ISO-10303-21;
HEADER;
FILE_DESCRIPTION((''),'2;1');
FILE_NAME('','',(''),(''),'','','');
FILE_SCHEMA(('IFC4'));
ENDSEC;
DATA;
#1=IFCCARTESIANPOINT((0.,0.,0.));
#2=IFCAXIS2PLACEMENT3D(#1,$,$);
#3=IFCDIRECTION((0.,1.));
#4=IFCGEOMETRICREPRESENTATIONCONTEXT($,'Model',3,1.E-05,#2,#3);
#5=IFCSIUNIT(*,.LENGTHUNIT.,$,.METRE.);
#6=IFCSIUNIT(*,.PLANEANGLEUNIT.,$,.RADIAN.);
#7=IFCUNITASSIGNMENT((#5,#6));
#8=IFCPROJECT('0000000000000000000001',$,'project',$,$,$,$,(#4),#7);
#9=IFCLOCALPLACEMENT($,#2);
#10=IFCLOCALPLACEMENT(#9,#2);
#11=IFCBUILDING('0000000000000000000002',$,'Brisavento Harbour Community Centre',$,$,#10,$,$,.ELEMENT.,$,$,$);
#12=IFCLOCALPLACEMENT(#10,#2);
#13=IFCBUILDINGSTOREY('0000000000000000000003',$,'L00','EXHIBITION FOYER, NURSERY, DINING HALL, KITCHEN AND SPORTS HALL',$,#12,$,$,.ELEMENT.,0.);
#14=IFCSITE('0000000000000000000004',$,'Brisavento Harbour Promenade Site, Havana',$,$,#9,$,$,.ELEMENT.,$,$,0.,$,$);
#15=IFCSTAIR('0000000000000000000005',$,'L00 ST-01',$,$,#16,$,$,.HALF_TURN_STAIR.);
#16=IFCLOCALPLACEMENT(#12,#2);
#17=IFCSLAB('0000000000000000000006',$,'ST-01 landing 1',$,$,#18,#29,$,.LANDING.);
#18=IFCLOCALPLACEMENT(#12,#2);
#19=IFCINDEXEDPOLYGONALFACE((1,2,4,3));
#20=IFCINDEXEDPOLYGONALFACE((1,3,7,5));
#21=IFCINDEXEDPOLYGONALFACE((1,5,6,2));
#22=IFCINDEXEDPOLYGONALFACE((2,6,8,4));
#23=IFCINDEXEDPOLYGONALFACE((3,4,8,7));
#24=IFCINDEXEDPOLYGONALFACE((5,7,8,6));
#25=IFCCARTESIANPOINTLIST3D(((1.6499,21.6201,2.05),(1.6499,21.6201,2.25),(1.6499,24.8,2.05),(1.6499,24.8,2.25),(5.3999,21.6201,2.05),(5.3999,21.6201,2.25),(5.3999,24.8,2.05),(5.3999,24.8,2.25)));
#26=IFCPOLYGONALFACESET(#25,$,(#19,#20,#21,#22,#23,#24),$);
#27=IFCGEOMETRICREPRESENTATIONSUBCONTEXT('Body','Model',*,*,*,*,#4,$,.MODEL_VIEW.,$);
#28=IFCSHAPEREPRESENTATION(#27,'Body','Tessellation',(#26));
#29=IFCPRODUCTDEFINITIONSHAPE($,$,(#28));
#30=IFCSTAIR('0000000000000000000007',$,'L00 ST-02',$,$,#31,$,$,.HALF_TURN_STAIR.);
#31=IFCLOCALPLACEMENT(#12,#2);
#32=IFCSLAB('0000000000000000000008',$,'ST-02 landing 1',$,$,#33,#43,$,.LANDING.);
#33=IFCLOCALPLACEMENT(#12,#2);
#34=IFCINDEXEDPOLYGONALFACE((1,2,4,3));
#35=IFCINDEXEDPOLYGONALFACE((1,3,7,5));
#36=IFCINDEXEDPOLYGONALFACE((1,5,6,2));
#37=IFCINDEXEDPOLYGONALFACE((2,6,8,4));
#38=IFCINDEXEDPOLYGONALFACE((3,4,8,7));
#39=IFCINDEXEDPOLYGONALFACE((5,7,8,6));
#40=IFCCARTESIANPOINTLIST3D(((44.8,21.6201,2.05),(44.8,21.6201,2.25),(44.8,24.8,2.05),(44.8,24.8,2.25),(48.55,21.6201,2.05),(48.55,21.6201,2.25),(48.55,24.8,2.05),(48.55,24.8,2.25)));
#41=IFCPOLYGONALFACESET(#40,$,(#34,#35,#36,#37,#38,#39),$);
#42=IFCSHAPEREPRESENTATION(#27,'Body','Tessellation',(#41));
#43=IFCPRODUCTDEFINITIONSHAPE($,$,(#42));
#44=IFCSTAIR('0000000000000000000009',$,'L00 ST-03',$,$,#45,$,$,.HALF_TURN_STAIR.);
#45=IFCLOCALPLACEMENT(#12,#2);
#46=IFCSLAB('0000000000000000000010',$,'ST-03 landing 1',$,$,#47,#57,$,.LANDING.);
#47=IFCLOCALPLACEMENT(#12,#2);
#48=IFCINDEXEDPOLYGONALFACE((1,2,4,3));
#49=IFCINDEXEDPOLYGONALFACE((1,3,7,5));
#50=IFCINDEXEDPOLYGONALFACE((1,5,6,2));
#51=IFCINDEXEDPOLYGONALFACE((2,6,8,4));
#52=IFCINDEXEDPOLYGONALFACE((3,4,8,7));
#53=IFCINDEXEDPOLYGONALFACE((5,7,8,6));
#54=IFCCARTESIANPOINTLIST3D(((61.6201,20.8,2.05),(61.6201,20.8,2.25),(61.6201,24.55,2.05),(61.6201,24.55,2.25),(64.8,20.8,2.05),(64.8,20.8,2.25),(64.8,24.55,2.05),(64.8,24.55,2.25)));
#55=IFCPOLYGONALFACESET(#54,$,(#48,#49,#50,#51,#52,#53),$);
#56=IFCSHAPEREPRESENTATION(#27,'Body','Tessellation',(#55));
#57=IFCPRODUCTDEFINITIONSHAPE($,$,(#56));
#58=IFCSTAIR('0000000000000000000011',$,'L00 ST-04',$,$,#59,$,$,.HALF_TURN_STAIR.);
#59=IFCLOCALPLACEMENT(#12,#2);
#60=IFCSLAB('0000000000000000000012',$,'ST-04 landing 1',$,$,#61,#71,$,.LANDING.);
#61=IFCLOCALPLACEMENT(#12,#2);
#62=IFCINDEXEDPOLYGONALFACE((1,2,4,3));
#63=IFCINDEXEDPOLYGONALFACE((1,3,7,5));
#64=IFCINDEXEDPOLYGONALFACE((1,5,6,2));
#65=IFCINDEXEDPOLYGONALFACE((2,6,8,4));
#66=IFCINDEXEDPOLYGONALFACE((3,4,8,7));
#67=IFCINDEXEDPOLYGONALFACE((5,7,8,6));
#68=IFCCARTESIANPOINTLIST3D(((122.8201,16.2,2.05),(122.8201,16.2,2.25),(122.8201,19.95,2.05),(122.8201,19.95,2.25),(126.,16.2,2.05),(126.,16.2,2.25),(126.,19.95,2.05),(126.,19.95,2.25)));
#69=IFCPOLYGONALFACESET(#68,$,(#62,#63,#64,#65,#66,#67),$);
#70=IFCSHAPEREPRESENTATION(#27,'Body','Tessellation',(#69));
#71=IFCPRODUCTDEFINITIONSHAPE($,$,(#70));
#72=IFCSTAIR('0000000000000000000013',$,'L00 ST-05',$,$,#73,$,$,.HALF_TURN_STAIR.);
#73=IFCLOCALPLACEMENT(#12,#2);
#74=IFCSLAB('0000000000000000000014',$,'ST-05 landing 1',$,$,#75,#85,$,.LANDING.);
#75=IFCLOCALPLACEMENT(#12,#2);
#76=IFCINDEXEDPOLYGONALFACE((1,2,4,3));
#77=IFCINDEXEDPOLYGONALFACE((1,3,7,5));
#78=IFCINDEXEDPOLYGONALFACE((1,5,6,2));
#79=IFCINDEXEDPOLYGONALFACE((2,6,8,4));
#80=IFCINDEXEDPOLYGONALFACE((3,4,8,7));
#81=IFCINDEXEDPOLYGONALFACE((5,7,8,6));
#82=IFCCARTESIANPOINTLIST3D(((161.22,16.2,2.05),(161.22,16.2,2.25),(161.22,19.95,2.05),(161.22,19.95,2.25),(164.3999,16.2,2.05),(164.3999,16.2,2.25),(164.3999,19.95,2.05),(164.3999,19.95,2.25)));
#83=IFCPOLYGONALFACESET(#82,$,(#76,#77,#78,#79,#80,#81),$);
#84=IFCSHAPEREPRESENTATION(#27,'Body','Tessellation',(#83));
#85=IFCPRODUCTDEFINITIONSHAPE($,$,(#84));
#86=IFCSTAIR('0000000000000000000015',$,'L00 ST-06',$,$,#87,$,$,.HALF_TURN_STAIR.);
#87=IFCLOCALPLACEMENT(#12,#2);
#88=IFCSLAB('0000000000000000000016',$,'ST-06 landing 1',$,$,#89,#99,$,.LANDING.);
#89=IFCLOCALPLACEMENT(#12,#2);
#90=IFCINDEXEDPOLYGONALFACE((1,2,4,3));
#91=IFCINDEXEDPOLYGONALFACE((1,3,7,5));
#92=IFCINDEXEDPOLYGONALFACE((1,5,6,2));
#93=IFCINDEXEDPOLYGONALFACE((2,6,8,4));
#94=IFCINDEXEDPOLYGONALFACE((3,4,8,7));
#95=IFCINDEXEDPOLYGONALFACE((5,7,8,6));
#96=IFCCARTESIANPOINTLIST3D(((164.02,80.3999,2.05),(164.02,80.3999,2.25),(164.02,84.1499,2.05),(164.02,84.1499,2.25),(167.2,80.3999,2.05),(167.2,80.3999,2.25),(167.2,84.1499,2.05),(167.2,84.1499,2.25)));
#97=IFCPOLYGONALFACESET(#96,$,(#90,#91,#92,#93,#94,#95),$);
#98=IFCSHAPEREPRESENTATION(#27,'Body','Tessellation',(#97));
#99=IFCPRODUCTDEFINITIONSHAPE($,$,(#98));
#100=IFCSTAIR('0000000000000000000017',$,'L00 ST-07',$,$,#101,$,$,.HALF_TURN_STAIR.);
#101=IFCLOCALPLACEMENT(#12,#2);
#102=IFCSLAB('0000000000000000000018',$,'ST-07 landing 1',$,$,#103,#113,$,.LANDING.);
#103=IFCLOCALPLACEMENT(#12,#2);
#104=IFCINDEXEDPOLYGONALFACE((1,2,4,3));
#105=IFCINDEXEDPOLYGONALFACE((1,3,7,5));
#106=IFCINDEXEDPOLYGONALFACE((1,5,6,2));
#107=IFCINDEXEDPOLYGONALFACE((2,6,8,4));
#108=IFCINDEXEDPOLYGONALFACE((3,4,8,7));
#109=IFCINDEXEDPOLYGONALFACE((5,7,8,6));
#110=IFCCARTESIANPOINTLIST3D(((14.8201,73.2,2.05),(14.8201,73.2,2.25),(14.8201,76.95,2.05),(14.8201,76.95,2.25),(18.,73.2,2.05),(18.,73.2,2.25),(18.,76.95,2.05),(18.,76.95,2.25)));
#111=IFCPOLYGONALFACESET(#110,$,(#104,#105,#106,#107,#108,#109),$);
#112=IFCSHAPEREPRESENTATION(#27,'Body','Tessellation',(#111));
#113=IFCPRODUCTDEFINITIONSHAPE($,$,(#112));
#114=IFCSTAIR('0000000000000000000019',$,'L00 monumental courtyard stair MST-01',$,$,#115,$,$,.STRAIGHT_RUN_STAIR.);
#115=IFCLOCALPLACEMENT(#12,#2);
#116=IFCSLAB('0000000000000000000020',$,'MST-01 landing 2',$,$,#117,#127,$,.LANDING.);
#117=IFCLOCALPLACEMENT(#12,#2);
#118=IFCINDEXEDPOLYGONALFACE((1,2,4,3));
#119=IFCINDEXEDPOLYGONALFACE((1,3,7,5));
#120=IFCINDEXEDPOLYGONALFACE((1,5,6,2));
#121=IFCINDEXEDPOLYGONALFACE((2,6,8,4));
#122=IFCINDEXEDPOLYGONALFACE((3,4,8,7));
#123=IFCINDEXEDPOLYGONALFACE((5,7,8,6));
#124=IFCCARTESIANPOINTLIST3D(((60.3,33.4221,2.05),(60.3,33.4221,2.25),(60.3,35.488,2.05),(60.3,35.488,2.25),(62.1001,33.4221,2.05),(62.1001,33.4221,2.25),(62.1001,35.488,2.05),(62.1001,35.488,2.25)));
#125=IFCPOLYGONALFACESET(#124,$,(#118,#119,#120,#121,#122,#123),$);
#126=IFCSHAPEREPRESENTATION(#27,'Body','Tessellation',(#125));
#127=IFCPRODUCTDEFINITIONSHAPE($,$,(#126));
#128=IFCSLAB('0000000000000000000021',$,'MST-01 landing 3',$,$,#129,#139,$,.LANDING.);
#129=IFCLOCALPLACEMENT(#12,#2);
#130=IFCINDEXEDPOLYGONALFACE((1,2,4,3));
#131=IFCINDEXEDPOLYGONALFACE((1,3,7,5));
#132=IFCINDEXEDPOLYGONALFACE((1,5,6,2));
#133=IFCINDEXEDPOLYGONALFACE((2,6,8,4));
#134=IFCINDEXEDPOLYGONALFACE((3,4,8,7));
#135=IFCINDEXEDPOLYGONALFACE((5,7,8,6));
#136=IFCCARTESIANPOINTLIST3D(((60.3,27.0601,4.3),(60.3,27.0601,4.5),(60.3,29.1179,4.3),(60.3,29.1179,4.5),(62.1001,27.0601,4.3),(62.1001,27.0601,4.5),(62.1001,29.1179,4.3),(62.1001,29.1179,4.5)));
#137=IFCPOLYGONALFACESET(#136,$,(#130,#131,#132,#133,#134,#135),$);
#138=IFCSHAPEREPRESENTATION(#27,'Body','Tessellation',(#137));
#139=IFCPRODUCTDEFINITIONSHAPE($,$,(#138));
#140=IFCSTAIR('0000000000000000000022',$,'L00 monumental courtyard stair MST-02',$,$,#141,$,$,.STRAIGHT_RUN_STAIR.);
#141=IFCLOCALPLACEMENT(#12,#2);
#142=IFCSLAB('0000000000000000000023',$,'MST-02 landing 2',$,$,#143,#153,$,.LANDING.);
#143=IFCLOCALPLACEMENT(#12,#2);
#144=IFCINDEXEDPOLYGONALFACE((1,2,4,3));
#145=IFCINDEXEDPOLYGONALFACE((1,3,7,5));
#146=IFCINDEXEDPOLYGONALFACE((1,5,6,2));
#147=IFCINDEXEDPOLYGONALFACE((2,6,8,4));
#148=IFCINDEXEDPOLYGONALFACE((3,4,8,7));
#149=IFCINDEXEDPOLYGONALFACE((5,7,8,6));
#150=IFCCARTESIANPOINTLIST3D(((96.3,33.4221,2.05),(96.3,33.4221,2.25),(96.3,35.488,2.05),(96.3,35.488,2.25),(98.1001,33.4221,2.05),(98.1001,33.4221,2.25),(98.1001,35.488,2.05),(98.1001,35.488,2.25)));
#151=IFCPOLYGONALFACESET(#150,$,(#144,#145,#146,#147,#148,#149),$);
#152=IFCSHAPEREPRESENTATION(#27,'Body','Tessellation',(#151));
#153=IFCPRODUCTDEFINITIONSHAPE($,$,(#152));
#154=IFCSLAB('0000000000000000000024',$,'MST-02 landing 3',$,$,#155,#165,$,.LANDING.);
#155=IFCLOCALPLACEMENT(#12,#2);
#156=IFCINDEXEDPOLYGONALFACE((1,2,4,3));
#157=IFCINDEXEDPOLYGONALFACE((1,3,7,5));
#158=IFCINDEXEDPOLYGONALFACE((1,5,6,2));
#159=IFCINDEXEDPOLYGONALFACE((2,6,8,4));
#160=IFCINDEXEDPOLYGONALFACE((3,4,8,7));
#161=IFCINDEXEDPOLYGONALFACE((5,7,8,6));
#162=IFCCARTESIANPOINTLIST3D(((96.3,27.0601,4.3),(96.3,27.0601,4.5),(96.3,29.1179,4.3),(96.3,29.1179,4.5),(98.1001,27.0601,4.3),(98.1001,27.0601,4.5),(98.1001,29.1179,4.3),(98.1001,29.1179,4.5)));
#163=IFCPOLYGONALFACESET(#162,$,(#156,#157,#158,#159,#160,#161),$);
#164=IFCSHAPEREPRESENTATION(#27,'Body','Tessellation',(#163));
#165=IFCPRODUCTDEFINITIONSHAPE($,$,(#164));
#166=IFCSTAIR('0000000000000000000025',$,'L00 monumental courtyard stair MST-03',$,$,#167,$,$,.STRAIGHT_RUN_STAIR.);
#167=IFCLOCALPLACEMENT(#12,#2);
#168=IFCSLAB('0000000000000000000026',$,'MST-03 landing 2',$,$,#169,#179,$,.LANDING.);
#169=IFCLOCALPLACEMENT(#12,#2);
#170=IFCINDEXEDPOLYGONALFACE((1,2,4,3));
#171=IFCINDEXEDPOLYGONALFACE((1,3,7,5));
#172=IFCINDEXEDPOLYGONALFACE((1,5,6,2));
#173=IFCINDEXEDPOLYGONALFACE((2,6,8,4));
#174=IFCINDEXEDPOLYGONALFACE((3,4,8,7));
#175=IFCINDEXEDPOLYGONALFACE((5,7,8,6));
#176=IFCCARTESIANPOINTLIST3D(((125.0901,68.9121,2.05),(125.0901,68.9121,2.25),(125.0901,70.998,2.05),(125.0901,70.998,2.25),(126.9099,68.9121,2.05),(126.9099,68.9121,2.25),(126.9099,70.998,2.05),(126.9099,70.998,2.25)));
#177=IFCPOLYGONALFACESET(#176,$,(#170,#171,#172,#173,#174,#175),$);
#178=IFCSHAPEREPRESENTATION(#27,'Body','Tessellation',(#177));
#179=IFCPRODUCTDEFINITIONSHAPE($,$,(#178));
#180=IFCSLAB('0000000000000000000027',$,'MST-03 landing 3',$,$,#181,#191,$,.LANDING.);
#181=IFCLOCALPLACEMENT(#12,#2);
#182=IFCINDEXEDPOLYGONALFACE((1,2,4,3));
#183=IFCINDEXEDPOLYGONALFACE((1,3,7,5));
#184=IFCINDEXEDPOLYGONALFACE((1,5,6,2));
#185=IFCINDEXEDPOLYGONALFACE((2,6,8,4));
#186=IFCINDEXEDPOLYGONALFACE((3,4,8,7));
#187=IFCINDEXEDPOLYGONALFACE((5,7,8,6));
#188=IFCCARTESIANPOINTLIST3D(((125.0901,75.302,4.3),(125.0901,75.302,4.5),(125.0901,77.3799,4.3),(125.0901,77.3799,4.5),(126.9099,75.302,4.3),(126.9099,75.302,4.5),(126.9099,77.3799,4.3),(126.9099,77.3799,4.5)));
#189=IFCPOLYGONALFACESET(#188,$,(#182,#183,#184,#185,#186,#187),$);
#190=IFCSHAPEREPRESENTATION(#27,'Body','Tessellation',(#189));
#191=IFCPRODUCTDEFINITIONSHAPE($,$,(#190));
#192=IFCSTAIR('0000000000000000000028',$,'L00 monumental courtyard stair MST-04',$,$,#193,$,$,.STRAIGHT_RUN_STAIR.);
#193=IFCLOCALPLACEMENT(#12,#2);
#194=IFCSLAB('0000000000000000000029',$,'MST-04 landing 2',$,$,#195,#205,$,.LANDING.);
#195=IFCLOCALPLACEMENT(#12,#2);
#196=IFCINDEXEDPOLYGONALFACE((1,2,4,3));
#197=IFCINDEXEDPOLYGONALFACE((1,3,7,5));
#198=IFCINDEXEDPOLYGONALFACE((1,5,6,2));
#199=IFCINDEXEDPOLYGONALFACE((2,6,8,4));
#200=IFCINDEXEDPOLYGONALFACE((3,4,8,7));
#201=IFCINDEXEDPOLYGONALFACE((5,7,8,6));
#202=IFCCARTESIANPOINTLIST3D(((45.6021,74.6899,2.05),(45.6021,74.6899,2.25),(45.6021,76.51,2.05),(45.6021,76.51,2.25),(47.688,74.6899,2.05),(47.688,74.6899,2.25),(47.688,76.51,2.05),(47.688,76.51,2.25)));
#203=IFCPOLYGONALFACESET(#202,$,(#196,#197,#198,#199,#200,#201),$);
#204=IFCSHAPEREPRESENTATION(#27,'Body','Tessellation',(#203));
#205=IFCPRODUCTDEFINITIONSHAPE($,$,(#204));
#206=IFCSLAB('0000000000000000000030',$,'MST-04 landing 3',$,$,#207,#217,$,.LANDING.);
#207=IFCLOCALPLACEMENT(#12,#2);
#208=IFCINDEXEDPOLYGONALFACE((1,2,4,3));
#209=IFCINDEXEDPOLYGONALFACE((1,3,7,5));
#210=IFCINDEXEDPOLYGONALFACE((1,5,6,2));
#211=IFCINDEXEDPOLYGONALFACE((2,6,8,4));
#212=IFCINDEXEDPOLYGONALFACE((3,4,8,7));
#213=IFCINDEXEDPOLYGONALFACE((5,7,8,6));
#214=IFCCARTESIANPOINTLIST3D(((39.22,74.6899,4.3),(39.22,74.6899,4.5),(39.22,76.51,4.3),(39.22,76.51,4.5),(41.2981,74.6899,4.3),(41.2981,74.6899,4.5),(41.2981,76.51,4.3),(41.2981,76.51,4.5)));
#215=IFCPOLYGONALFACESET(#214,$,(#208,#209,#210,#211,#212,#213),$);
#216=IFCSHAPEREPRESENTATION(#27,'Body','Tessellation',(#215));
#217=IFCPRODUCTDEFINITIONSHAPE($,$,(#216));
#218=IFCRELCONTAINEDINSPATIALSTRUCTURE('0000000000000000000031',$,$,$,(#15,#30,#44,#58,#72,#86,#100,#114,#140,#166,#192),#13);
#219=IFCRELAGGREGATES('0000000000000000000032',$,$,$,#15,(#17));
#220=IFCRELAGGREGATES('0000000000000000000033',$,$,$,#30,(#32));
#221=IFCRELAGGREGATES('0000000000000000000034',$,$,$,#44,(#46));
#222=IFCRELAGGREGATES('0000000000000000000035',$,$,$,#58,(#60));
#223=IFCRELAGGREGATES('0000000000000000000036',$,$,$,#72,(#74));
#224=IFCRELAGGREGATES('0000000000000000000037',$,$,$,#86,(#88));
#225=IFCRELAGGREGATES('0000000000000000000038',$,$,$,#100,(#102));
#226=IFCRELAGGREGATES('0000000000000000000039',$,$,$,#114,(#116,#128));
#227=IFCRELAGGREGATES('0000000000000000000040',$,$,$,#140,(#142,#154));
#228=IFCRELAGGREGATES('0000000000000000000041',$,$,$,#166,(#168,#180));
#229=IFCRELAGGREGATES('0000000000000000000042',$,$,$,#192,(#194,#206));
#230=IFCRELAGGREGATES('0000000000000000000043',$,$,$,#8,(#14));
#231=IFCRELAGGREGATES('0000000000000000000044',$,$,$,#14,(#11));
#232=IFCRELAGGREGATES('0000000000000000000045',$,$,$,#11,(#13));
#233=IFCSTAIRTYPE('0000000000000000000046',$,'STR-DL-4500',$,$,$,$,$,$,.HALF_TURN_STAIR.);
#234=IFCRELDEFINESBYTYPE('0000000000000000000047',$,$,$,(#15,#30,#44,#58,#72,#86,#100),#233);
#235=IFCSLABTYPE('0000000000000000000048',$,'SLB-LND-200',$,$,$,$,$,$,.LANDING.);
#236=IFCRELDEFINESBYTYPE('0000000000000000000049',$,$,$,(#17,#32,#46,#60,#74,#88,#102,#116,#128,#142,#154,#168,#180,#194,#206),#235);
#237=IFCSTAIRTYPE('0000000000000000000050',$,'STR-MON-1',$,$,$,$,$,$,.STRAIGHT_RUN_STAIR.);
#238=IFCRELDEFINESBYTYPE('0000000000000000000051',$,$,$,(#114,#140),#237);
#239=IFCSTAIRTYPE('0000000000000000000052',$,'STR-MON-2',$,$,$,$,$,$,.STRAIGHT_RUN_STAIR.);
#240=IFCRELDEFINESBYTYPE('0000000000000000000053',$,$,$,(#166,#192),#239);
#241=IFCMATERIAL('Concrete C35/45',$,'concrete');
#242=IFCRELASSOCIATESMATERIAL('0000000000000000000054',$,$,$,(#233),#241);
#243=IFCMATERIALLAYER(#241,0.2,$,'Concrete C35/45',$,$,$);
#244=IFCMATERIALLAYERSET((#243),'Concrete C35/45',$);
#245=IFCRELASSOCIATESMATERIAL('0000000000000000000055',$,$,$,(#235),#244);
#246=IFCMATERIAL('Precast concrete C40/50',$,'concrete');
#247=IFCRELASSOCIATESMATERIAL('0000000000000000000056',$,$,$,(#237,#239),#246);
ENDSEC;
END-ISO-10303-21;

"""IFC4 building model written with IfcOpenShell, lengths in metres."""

from ifc_helpers import new_model, si_unit, direction, frame, origin, place, context, subcontext, project, spatial, polyline, outline, extrude, material, layer, layer_set, type_object, element, aggregate, save


model = new_model("IFC4")

# Units and contexts
model_context = context("Model", 3, precision=1e-05, world=origin(), true_north=direction((0.0, 1.0)))
body_context = subcontext(model_context, "Body", "Model", "MODEL_VIEW")
ifc_project = project(units=[si_unit("LENGTHUNIT", "METRE"), si_unit("PLANEANGLEUNIT", "RADIAN")], contexts=[model_context])

# Site, building, storey
site_placement = place(None, origin())
site = spatial("IfcSite", under=ifc_project, at=site_placement, Name="Brisavento Harbour Promenade Site, Havana", CompositionType="ELEMENT", RefElevation=0.0)
building_placement = place(site_placement, origin())
building = spatial("IfcBuilding", under=site, at=building_placement, Name="Brisavento Harbour Community Centre", CompositionType="ELEMENT")
storey_placement = place(building_placement, origin())
storey = spatial("IfcBuildingStorey", under=building, at=storey_placement, Name="L00", Description="EXHIBITION FOYER, NURSERY, DINING HALL, KITCHEN AND SPORTS HALL", CompositionType="ELEMENT", Elevation=0.0)

# Stairs, slabs
ifc_material_1 = material(Name="Concrete C35/45", Category="concrete")
stair_type_1 = type_object("IfcStairType", Name="STR-DL-4500", PredefinedType="HALF_TURN_STAIR", material=ifc_material_1)
stair_1_placement = place(storey_placement, origin())
stair_1 = element("IfcStair", 1, at=stair_1_placement, inside=storey, type_object=stair_type_1, Name="L00 ST-01", PredefinedType="HALF_TURN_STAIR")
ifc_layer_1 = layer(ifc_material_1, 0.2, Name="Concrete C35/45")
ifc_layer_set_1 = layer_set([ifc_layer_1], Name="Concrete C35/45")
slab_type = type_object("IfcSlabType", Name="SLB-LND-200", PredefinedType="LANDING", material=ifc_layer_set_1)
slab_1_placement = place(storey_placement, frame((0.0, 0.0, 2.05)))
slab_1 = element("IfcSlab", 2, at=slab_1_placement, type_object=slab_type, Name="ST-01 landing 1", PredefinedType="LANDING", context=body_context, shape_type="SweptSolid", body=[
    extrude(outline(polyline([(5.3999, 21.6201), (5.3999, 24.8), (1.6499, 24.8), (1.6499, 21.6201), (5.3999, 21.6201)])), origin(), (0.0, 0.0, 1.0), 0.2),
])
aggregate(stair_1, [slab_1])
stair_2_placement = place(storey_placement, origin())
stair_2 = element("IfcStair", 3, at=stair_2_placement, inside=storey, type_object=stair_type_1, Name="L00 ST-02", PredefinedType="HALF_TURN_STAIR")
slab_2_placement = place(storey_placement, frame((0.0, 0.0, 2.05)))
slab_2 = element("IfcSlab", 4, at=slab_2_placement, type_object=slab_type, Name="ST-02 landing 1", PredefinedType="LANDING", context=body_context, shape_type="SweptSolid", body=[
    extrude(outline(polyline([(48.55, 21.6201), (48.55, 24.8), (44.8, 24.8), (44.8, 21.6201), (48.55, 21.6201)])), origin(), (0.0, 0.0, 1.0), 0.2),
])
aggregate(stair_2, [slab_2])
stair_3_placement = place(storey_placement, origin())
stair_3 = element("IfcStair", 5, at=stair_3_placement, inside=storey, type_object=stair_type_1, Name="L00 ST-03", PredefinedType="HALF_TURN_STAIR")
slab_3_placement = place(storey_placement, frame((0.0, 0.0, 2.05)))
slab_3 = element("IfcSlab", 6, at=slab_3_placement, type_object=slab_type, Name="ST-03 landing 1", PredefinedType="LANDING", context=body_context, shape_type="SweptSolid", body=[
    extrude(outline(polyline([(61.6201, 20.8), (64.8, 20.8), (64.8, 24.55), (61.6201, 24.55), (61.6201, 20.8)])), origin(), (0.0, 0.0, 1.0), 0.2),
])
aggregate(stair_3, [slab_3])
stair_4_placement = place(storey_placement, origin())
stair_4 = element("IfcStair", 7, at=stair_4_placement, inside=storey, type_object=stair_type_1, Name="L00 ST-04", PredefinedType="HALF_TURN_STAIR")
slab_4_placement = place(storey_placement, frame((0.0, 0.0, 2.05)))
slab_4 = element("IfcSlab", 8, at=slab_4_placement, type_object=slab_type, Name="ST-04 landing 1", PredefinedType="LANDING", context=body_context, shape_type="SweptSolid", body=[
    extrude(outline(polyline([(122.8201, 16.2), (126.0, 16.2), (126.0, 19.95), (122.8201, 19.95), (122.8201, 16.2)])), origin(), (0.0, 0.0, 1.0), 0.2),
])
aggregate(stair_4, [slab_4])
stair_5_placement = place(storey_placement, origin())
stair_5 = element("IfcStair", 9, at=stair_5_placement, inside=storey, type_object=stair_type_1, Name="L00 ST-05", PredefinedType="HALF_TURN_STAIR")
slab_5_placement = place(storey_placement, frame((0.0, 0.0, 2.05)))
slab_5 = element("IfcSlab", 10, at=slab_5_placement, type_object=slab_type, Name="ST-05 landing 1", PredefinedType="LANDING", context=body_context, shape_type="SweptSolid", body=[
    extrude(outline(polyline([(161.22, 16.2), (164.3999, 16.2), (164.3999, 19.95), (161.22, 19.95), (161.22, 16.2)])), origin(), (0.0, 0.0, 1.0), 0.2),
])
aggregate(stair_5, [slab_5])
stair_6_placement = place(storey_placement, origin())
stair_6 = element("IfcStair", 11, at=stair_6_placement, inside=storey, type_object=stair_type_1, Name="L00 ST-06", PredefinedType="HALF_TURN_STAIR")
slab_6_placement = place(storey_placement, frame((0.0, 0.0, 2.05)))
slab_6 = element("IfcSlab", 12, at=slab_6_placement, type_object=slab_type, Name="ST-06 landing 1", PredefinedType="LANDING", context=body_context, shape_type="SweptSolid", body=[
    extrude(outline(polyline([(164.02, 80.3999), (167.2, 80.3999), (167.2, 84.1499), (164.02, 84.1499), (164.02, 80.3999)])), origin(), (0.0, 0.0, 1.0), 0.2),
])
aggregate(stair_6, [slab_6])
stair_7_placement = place(storey_placement, origin())
stair_7 = element("IfcStair", 13, at=stair_7_placement, inside=storey, type_object=stair_type_1, Name="L00 ST-07", PredefinedType="HALF_TURN_STAIR")
slab_7_placement = place(storey_placement, frame((0.0, 0.0, 2.05)))
slab_7 = element("IfcSlab", 14, at=slab_7_placement, type_object=slab_type, Name="ST-07 landing 1", PredefinedType="LANDING", context=body_context, shape_type="SweptSolid", body=[
    extrude(outline(polyline([(14.8201, 73.2), (18.0, 73.2), (18.0, 76.95), (14.8201, 76.95), (14.8201, 73.2)])), origin(), (0.0, 0.0, 1.0), 0.2),
])
aggregate(stair_7, [slab_7])

# Stairs, slabs
ifc_material_2 = material(Name="Precast concrete C40/50", Category="concrete")
stair_type_2 = type_object("IfcStairType", Name="STR-MON-1", PredefinedType="STRAIGHT_RUN_STAIR", material=ifc_material_2)
stair_8_placement = place(storey_placement, origin())
stair_8 = element("IfcStair", 15, at=stair_8_placement, inside=storey, type_object=stair_type_2, Name="L00 monumental courtyard stair MST-01", PredefinedType="STRAIGHT_RUN_STAIR")
slab_8_placement = place(storey_placement, frame((0.0, 0.0, 2.05)))
slab_8 = element("IfcSlab", 16, at=slab_8_placement, type_object=slab_type, Name="MST-01 landing 2", PredefinedType="LANDING", context=body_context, shape_type="SweptSolid", body=[
    extrude(outline(polyline([(60.3, 35.488), (60.3, 33.4221), (62.1001, 33.4221), (62.1001, 35.488), (60.3, 35.488)])), origin(), (0.0, 0.0, 1.0), 0.2),
])
slab_9_placement = place(storey_placement, frame((0.0, 0.0, 4.3)))
slab_9 = element("IfcSlab", 17, at=slab_9_placement, type_object=slab_type, Name="MST-01 landing 3", PredefinedType="LANDING", context=body_context, shape_type="SweptSolid", body=[
    extrude(outline(polyline([(60.3, 29.1179), (60.3, 27.0601), (62.1001, 27.0601), (62.1001, 29.1179), (60.3, 29.1179)])), origin(), (0.0, 0.0, 1.0), 0.2),
])
aggregate(stair_8, [slab_8, slab_9])
stair_9_placement = place(storey_placement, origin())
stair_9 = element("IfcStair", 18, at=stair_9_placement, inside=storey, type_object=stair_type_2, Name="L00 monumental courtyard stair MST-02", PredefinedType="STRAIGHT_RUN_STAIR")
slab_10_placement = place(storey_placement, frame((0.0, 0.0, 2.05)))
slab_10 = element("IfcSlab", 19, at=slab_10_placement, type_object=slab_type, Name="MST-02 landing 2", PredefinedType="LANDING", context=body_context, shape_type="SweptSolid", body=[
    extrude(outline(polyline([(96.3, 35.488), (96.3, 33.4221), (98.1001, 33.4221), (98.1001, 35.488), (96.3, 35.488)])), origin(), (0.0, 0.0, 1.0), 0.2),
])
slab_11_placement = place(storey_placement, frame((0.0, 0.0, 4.3)))
slab_11 = element("IfcSlab", 20, at=slab_11_placement, type_object=slab_type, Name="MST-02 landing 3", PredefinedType="LANDING", context=body_context, shape_type="SweptSolid", body=[
    extrude(outline(polyline([(96.3, 29.1179), (96.3, 27.0601), (98.1001, 27.0601), (98.1001, 29.1179), (96.3, 29.1179)])), origin(), (0.0, 0.0, 1.0), 0.2),
])
aggregate(stair_9, [slab_10, slab_11])
stair_type_3 = type_object("IfcStairType", Name="STR-MON-2", PredefinedType="STRAIGHT_RUN_STAIR", material=ifc_material_2)
stair_10_placement = place(storey_placement, origin())
stair_10 = element("IfcStair", 21, at=stair_10_placement, inside=storey, type_object=stair_type_3, Name="L00 monumental courtyard stair MST-03", PredefinedType="STRAIGHT_RUN_STAIR")
slab_12_placement = place(storey_placement, frame((0.0, 0.0, 2.05)))
slab_12 = element("IfcSlab", 22, at=slab_12_placement, type_object=slab_type, Name="MST-03 landing 2", PredefinedType="LANDING", context=body_context, shape_type="SweptSolid", body=[
    extrude(outline(polyline([(126.9099, 68.9121), (126.9099, 70.998), (125.0901, 70.998), (125.0901, 68.9121), (126.9099, 68.9121)])), origin(), (0.0, 0.0, 1.0), 0.2),
])
slab_13_placement = place(storey_placement, frame((0.0, 0.0, 4.3)))
slab_13 = element("IfcSlab", 23, at=slab_13_placement, type_object=slab_type, Name="MST-03 landing 3", PredefinedType="LANDING", context=body_context, shape_type="SweptSolid", body=[
    extrude(outline(polyline([(126.9099, 75.302), (126.9099, 77.3799), (125.0901, 77.3799), (125.0901, 75.302), (126.9099, 75.302)])), origin(), (0.0, 0.0, 1.0), 0.2),
])
aggregate(stair_10, [slab_12, slab_13])
stair_11_placement = place(storey_placement, origin())
stair_11 = element("IfcStair", 24, at=stair_11_placement, inside=storey, type_object=stair_type_3, Name="L00 monumental courtyard stair MST-04", PredefinedType="STRAIGHT_RUN_STAIR")
slab_14_placement = place(storey_placement, frame((0.0, 0.0, 2.05)))
slab_14 = element("IfcSlab", 25, at=slab_14_placement, type_object=slab_type, Name="MST-04 landing 2", PredefinedType="LANDING", context=body_context, shape_type="SweptSolid", body=[
    extrude(outline(polyline([(47.688, 76.51), (45.6021, 76.51), (45.6021, 74.6899), (47.688, 74.6899), (47.688, 76.51)])), origin(), (0.0, 0.0, 1.0), 0.2),
])
slab_15_placement = place(storey_placement, frame((0.0, 0.0, 4.3)))
slab_15 = element("IfcSlab", 26, at=slab_15_placement, type_object=slab_type, Name="MST-04 landing 3", PredefinedType="LANDING", context=body_context, shape_type="SweptSolid", body=[
    extrude(outline(polyline([(41.2981, 76.51), (39.22, 76.51), (39.22, 74.6899), (41.2981, 74.6899), (41.2981, 76.51)])), origin(), (0.0, 0.0, 1.0), 0.2),
])
aggregate(stair_11, [slab_14, slab_15])

save(model, "model.ifc")
